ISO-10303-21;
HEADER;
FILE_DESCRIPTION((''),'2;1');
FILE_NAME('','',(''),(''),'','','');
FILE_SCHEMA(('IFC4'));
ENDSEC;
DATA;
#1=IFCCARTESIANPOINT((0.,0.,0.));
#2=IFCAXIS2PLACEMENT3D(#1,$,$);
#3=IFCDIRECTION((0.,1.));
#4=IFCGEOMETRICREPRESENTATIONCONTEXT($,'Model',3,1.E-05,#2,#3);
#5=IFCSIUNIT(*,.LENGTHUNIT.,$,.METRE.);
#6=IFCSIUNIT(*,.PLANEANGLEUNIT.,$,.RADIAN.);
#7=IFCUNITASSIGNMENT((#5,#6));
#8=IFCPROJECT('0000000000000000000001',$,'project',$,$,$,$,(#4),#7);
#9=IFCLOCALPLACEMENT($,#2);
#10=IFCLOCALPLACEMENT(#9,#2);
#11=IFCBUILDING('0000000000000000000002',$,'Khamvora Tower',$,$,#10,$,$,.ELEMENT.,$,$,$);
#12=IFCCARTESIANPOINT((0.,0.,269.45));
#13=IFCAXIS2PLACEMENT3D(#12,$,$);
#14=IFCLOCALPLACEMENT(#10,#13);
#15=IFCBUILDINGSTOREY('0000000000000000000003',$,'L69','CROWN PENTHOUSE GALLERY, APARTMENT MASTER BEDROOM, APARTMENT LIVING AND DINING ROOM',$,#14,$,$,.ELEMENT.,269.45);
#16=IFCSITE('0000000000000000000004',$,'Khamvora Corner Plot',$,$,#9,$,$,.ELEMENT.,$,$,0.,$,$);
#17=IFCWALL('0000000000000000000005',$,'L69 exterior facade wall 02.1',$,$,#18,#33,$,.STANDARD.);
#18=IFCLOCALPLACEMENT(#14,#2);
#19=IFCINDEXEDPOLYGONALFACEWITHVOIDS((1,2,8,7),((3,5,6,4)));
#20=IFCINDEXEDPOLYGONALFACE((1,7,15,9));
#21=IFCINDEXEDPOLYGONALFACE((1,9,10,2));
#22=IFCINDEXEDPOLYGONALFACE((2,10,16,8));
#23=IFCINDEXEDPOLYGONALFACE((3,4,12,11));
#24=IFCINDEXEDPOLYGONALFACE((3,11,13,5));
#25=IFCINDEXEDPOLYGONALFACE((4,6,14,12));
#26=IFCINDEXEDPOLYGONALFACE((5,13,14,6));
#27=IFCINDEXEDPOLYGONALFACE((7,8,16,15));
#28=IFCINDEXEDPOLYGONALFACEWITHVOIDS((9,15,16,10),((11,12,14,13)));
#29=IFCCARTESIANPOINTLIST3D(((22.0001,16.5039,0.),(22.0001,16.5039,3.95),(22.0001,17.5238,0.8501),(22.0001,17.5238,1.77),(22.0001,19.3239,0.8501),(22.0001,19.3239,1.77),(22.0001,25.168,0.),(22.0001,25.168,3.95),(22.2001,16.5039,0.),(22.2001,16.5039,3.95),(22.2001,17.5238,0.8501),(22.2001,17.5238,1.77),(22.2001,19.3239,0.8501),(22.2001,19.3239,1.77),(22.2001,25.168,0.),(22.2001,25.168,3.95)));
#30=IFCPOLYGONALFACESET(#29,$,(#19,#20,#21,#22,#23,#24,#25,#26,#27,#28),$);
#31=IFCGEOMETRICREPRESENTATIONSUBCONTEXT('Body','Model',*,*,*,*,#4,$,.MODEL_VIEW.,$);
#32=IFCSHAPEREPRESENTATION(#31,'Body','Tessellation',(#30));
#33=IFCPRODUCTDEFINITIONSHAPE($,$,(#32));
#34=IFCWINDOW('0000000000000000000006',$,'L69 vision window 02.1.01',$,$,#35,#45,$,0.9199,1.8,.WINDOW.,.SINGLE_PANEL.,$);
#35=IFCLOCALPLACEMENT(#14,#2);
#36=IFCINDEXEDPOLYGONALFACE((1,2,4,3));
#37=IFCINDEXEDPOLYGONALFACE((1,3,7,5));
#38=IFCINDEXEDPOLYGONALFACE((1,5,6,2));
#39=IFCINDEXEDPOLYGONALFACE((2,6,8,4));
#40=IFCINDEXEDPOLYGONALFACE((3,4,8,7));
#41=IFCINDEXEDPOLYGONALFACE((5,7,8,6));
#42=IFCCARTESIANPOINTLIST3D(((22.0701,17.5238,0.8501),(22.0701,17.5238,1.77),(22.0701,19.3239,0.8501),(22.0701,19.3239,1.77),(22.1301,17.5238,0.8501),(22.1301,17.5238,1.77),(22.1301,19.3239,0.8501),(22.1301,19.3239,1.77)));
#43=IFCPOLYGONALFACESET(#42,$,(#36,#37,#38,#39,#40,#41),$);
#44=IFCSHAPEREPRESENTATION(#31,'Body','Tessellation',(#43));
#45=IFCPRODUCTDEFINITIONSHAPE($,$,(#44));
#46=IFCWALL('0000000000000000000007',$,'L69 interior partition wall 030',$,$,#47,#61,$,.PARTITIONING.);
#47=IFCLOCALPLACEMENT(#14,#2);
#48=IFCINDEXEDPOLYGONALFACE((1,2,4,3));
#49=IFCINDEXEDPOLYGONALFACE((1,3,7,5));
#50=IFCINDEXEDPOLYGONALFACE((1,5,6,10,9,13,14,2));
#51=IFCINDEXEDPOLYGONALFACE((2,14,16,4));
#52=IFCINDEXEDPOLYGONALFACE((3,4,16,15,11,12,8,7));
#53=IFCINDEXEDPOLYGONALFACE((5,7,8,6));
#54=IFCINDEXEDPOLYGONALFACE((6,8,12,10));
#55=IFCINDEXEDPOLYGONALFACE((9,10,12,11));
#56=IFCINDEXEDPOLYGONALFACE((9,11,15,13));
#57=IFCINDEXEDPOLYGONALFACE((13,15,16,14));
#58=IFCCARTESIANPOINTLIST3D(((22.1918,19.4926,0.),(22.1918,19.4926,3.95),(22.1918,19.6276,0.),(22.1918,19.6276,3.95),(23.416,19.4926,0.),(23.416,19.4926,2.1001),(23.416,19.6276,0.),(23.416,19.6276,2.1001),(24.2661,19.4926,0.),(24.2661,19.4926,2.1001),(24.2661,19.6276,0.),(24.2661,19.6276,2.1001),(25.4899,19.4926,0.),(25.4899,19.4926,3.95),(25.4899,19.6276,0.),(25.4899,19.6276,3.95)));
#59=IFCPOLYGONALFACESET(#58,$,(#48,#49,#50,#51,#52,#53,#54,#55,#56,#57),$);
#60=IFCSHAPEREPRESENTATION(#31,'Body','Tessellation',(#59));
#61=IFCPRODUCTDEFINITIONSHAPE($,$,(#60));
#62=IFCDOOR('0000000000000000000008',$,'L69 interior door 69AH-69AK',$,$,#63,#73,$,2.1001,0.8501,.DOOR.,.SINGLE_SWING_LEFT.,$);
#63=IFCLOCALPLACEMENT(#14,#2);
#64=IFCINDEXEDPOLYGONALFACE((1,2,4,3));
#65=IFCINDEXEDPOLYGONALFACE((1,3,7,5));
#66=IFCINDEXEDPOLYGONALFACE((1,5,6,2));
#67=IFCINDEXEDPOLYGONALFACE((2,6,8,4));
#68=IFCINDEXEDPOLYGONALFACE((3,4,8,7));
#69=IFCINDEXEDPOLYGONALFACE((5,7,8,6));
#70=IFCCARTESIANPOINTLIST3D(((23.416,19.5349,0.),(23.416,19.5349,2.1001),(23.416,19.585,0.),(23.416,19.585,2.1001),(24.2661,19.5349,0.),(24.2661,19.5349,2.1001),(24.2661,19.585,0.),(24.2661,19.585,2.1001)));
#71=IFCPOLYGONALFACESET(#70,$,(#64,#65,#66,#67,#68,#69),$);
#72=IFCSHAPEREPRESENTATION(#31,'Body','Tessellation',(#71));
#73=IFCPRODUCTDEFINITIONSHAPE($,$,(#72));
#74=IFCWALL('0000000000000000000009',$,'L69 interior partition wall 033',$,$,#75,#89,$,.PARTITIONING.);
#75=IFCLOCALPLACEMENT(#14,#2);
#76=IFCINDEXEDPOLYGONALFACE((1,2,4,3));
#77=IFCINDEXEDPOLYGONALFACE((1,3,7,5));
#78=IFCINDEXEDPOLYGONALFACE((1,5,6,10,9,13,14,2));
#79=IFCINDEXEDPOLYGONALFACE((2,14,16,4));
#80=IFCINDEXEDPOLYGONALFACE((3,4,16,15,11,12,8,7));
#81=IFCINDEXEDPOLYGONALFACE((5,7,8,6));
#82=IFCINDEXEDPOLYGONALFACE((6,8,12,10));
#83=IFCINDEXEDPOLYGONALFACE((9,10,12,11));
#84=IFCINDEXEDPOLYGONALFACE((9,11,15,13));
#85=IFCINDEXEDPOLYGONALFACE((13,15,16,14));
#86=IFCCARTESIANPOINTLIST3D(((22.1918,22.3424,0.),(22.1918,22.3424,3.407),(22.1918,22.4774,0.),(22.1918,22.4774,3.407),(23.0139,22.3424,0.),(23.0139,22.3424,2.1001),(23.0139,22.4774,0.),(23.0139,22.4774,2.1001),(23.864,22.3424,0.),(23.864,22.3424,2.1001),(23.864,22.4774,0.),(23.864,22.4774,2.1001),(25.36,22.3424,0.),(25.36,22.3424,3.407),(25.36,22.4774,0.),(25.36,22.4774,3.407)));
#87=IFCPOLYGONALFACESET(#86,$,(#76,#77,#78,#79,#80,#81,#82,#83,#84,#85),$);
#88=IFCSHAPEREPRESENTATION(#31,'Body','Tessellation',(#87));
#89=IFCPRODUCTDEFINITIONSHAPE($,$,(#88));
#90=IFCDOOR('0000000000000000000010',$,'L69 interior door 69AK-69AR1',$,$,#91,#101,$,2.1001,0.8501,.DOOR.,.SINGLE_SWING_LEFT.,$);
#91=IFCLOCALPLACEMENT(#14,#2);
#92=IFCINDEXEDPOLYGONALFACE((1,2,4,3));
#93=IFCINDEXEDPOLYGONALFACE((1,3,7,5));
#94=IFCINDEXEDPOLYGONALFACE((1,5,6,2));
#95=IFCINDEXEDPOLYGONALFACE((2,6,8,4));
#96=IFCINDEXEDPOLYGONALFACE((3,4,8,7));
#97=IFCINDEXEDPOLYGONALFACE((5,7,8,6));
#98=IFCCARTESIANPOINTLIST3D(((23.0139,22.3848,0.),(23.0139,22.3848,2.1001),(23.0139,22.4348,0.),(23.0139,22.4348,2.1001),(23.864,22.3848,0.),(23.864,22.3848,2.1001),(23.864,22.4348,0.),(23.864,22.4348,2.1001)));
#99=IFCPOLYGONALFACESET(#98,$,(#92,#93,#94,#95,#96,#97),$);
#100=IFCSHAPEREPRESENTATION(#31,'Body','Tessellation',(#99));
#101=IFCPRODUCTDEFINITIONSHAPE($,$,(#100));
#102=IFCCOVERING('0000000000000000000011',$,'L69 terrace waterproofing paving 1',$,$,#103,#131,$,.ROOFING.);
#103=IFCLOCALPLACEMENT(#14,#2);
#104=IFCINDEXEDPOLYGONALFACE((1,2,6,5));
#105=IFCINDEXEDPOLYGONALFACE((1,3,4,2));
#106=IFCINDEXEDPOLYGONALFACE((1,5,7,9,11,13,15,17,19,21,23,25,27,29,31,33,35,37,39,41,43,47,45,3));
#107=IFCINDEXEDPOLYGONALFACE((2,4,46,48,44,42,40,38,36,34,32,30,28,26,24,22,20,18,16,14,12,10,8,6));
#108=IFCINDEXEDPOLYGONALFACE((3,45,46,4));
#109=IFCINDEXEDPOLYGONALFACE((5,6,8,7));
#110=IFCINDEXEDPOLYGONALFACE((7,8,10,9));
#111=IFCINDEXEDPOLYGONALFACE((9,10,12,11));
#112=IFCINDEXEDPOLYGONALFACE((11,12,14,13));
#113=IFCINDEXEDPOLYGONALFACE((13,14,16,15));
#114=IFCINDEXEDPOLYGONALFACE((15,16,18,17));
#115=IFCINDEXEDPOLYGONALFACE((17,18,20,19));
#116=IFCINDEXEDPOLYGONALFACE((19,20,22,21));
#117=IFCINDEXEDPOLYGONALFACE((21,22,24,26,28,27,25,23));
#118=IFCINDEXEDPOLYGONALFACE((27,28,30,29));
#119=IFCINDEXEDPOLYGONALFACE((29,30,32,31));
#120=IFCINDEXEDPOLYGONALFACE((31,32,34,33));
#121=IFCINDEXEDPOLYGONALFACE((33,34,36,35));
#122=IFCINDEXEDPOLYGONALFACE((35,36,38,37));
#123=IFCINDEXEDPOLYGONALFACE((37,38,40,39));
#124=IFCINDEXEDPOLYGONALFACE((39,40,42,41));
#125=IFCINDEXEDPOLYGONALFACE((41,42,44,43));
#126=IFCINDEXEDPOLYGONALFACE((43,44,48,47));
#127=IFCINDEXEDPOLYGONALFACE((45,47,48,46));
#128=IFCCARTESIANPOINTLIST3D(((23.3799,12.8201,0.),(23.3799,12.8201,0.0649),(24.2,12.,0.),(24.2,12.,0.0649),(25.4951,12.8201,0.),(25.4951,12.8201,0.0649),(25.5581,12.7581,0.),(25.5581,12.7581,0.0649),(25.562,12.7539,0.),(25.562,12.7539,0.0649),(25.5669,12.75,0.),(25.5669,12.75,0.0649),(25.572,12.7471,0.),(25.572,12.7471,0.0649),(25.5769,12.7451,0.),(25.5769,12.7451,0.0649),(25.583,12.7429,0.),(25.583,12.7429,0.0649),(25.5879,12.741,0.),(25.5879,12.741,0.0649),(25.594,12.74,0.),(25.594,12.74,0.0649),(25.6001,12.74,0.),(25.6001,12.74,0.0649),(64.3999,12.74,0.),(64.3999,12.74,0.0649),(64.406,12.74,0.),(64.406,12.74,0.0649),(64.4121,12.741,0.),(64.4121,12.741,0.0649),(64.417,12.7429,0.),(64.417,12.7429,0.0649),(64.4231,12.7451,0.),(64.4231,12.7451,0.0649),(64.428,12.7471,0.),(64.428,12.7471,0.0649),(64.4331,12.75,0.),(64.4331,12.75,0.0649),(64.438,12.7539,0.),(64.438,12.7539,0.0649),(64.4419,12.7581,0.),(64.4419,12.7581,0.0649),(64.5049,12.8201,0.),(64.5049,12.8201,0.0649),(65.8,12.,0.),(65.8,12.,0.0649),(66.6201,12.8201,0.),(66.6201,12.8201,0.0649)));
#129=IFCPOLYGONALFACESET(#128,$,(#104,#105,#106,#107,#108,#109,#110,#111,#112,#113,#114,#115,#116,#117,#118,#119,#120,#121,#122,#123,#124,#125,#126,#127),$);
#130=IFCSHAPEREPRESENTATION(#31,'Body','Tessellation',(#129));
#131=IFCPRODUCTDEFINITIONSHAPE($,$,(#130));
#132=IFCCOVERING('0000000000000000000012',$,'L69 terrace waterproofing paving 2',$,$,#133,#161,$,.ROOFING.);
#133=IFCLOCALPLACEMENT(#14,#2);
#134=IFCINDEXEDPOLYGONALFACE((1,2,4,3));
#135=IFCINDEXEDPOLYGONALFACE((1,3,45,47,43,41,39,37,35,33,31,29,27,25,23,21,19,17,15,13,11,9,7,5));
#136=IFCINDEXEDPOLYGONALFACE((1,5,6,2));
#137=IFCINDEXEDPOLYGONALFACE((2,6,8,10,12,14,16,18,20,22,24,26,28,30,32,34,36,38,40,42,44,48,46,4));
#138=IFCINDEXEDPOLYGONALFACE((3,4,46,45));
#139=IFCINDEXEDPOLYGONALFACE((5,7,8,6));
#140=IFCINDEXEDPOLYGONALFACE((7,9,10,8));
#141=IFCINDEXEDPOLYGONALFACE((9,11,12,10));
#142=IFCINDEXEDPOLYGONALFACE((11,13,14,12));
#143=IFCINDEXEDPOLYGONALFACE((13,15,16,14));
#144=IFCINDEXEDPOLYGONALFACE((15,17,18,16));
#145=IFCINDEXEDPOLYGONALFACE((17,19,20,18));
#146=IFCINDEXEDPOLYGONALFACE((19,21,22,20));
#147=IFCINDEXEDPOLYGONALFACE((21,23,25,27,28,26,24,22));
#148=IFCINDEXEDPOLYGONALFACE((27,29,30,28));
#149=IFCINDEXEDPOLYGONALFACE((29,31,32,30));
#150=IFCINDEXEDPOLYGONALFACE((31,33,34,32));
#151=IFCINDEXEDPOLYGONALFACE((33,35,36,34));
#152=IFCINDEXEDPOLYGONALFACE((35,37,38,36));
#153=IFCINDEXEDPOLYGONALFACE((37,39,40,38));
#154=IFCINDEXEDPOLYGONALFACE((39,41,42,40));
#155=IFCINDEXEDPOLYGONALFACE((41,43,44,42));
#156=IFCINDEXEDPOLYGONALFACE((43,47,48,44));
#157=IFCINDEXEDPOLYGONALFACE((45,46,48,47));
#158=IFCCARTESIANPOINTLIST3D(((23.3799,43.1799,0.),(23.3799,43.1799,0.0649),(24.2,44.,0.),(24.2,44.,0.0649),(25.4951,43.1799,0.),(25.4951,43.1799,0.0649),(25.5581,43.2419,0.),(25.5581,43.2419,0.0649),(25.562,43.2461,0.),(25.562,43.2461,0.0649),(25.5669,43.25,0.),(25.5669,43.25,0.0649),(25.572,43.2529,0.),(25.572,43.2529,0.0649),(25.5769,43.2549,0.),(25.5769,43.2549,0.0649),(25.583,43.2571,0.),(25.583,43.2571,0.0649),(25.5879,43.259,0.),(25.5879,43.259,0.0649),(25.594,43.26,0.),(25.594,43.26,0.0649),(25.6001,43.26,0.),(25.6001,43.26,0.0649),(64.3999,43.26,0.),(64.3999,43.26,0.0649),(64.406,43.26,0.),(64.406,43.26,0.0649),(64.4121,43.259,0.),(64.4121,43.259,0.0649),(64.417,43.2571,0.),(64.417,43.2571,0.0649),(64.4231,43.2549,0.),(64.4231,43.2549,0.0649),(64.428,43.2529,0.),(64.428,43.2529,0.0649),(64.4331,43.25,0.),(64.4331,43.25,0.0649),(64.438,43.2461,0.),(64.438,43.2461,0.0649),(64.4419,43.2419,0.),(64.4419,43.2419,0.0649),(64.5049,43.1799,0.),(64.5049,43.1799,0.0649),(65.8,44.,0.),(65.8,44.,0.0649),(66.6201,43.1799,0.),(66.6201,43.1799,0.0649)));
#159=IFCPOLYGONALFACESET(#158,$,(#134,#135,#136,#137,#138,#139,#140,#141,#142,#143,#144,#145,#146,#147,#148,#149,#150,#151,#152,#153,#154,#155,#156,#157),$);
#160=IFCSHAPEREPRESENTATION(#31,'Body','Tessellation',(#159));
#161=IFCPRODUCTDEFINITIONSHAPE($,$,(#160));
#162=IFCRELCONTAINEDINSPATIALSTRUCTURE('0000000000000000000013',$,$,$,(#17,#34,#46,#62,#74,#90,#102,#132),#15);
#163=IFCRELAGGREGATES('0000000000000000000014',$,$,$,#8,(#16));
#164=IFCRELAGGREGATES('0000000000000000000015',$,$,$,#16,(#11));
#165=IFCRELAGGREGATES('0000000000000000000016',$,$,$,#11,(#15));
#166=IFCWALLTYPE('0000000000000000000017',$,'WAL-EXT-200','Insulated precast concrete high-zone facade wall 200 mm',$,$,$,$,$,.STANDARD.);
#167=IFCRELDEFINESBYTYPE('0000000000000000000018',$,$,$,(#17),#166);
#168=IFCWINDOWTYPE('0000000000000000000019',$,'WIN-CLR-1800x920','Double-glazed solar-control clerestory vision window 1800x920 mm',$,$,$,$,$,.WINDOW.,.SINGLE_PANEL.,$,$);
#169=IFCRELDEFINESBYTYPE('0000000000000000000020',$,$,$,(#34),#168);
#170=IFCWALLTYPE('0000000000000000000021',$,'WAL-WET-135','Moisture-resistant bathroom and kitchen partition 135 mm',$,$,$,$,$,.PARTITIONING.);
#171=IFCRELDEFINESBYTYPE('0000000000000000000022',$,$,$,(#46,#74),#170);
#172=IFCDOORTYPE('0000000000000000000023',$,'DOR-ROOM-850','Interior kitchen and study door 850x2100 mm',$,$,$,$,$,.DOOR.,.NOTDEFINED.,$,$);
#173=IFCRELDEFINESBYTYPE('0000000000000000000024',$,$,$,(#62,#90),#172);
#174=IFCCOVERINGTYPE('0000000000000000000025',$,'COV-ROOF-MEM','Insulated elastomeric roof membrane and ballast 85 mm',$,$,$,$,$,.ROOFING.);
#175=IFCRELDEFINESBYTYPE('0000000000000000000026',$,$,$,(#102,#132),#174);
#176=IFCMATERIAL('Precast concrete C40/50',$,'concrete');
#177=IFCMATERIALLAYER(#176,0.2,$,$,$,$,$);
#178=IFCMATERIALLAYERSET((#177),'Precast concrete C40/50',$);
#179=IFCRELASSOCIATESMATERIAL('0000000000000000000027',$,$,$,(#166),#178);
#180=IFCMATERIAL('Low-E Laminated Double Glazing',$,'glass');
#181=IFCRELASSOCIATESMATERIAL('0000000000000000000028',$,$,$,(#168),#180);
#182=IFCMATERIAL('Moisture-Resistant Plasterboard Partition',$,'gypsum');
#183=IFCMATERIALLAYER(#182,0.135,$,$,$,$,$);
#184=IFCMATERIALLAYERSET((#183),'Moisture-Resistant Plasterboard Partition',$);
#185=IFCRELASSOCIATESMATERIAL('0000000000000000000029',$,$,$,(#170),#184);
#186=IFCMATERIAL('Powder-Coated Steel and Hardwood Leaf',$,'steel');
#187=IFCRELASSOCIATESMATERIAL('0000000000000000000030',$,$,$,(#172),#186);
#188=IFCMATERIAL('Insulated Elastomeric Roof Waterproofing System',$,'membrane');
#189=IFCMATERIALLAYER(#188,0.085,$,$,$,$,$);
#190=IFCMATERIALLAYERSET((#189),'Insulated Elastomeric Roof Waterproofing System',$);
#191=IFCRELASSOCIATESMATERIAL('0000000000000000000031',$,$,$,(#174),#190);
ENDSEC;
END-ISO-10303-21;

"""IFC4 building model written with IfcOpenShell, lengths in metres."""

from ifc_helpers import new_model, si_unit, direction, frame, frame_2d, origin, place, context, subcontext, project, spatial, polyline, rectangle, outline, extrude, material, layer, layer_set, type_object, element, fill, save


model = new_model("IFC4")

# Units and contexts
model_context = context("Model", 3, precision=1e-05, world=origin(), true_north=direction((0.0, 1.0)))
body_context = subcontext(model_context, "Body", "Model", "MODEL_VIEW")
ifc_project = project(units=[si_unit("LENGTHUNIT", "METRE"), si_unit("PLANEANGLEUNIT", "RADIAN")], contexts=[model_context])

# Site, building, storey
site_placement = place(None, origin())
site = spatial("IfcSite", under=ifc_project, at=site_placement, Name="Khamvora Corner Plot", CompositionType="ELEMENT", RefElevation=0.0)
building_placement = place(site_placement, origin())
building = spatial("IfcBuilding", under=site, at=building_placement, Name="Khamvora Tower", CompositionType="ELEMENT")
storey_placement = place(building_placement, frame((0.0, 0.0, 269.45)))
storey = spatial("IfcBuildingStorey", under=building, at=storey_placement, Name="L69", Description="CROWN PENTHOUSE GALLERY, APARTMENT MASTER BEDROOM, APARTMENT LIVING AND DINING ROOM", CompositionType="ELEMENT", Elevation=269.45)

# Wall, opening, window
ifc_material_1 = material(Name="Precast concrete C40/50", Category="concrete")
ifc_layer_1 = layer(ifc_material_1, 0.2)
ifc_layer_set_1 = layer_set([ifc_layer_1], Name="Precast concrete C40/50")
wall_type_1 = type_object("IfcWallType", Name="WAL-EXT-200", Description="Insulated precast concrete high-zone facade wall 200 mm", PredefinedType="STANDARD", material=ifc_layer_set_1)
wall_1_placement = place(storey_placement, frame((22.1001, 16.5039, 0.0), z_axis=(0.0, 0.0, 1.0), x_axis=(0.0, 1.0, 0.0)))
wall_1 = element("IfcWall", 1, at=wall_1_placement, inside=storey, type_object=wall_type_1, Name="L69 exterior facade wall 02.1", PredefinedType="STANDARD", context=body_context, shape_type="SweptSolid", body=[
    extrude(rectangle(XDim=8.6641, YDim=0.2, at=frame_2d((4.332, 0.0))), origin(), (0.0, 0.0, 1.0), 3.95),
])
opening_1_placement = place(wall_1_placement, frame((1.02, 0.0, 0.8501)))
opening_1 = element("IfcOpeningElement", 2, at=opening_1_placement, cuts=wall_1, PredefinedType="OPENING", context=body_context, shape_type="SweptSolid", body=[
    extrude(rectangle(XDim=1.8, YDim=0.9199, at=frame_2d((0.8999, 0.46))), frame((0.0, 0.1099, 0.0), z_axis=(0.0, -1.0, 0.0), x_axis=(1.0, 0.0, 0.0)), (0.0, 0.0, 1.0), 0.22),
])
ifc_material_2 = material(Name="Low-E Laminated Double Glazing", Category="glass")
window_type = type_object("IfcWindowType", Name="WIN-CLR-1800x920", Description="Double-glazed solar-control clerestory vision window 1800x920 mm", PartitioningType="SINGLE_PANEL", PredefinedType="WINDOW", material=ifc_material_2)
window_placement = place(opening_1_placement, origin())
window = element("IfcWindow", 3, at=window_placement, inside=storey, type_object=window_type, Name="L69 vision window 02.1.01", OverallHeight=0.9199, OverallWidth=1.8, PartitioningType="SINGLE_PANEL", PredefinedType="WINDOW", context=body_context, shape_type="SweptSolid", body=[
    extrude(rectangle(XDim=1.8, YDim=0.9199, at=frame_2d((0.8999, 0.46))), frame((0.0, 0.03, 0.0), z_axis=(0.0, -1.0, 0.0), x_axis=(1.0, 0.0, 0.0)), (0.0, 0.0, 1.0), 0.0601),
])
fill(opening_1, window)

# Walls, openings, doors
ifc_material_3 = material(Name="Moisture-Resistant Plasterboard Partition", Category="gypsum")
ifc_layer_2 = layer(ifc_material_3, 0.135)
ifc_layer_set_2 = layer_set([ifc_layer_2], Name="Moisture-Resistant Plasterboard Partition")
wall_type_2 = type_object("IfcWallType", Name="WAL-WET-135", Description="Moisture-resistant bathroom and kitchen partition 135 mm", PredefinedType="PARTITIONING", material=ifc_layer_set_2)
wall_2_placement = place(storey_placement, frame((22.1919, 19.5601, 0.0), z_axis=(0.0, 0.0, 1.0), x_axis=(1.0, 0.0, 0.0)))
wall_2 = element("IfcWall", 4, at=wall_2_placement, inside=storey, type_object=wall_type_2, Name="L69 interior partition wall 030", PredefinedType="PARTITIONING", context=body_context, shape_type="SweptSolid", body=[
    extrude(rectangle(XDim=3.2981, YDim=0.135, at=frame_2d((1.6489, 0.0))), origin(), (0.0, 0.0, 1.0), 3.95),
])
opening_2_placement = place(wall_2_placement, frame((1.2241, 0.0, 0.0)))
opening_2 = element("IfcOpeningElement", 5, at=opening_2_placement, cuts=wall_2, PredefinedType="OPENING", context=body_context, shape_type="SweptSolid", body=[
    extrude(rectangle(XDim=0.8501, YDim=2.1001, at=frame_2d((0.425, 1.05))), frame((0.0, 0.0774, 0.0), z_axis=(0.0, -1.0, 0.0), x_axis=(1.0, 0.0, 0.0)), (0.0, 0.0, 1.0), 0.155),
])
ifc_material_4 = material(Name="Powder-Coated Steel and Hardwood Leaf", Category="steel")
door_type = type_object("IfcDoorType", Name="DOR-ROOM-850", Description="Interior kitchen and study door 850x2100 mm", OperationType="NOTDEFINED", PredefinedType="DOOR", material=ifc_material_4)
door_1_placement = place(opening_2_placement, origin())
door_1 = element("IfcDoor", 6, at=door_1_placement, inside=storey, type_object=door_type, Name="L69 interior door 69AH-69AK", OperationType="SINGLE_SWING_LEFT", OverallHeight=2.1001, OverallWidth=0.8501, PredefinedType="DOOR", context=body_context, shape_type="SweptSolid", body=[
    extrude(rectangle(XDim=0.8501, YDim=2.1001, at=frame_2d((0.425, 1.05))), frame((0.0, 0.0249, 0.0), z_axis=(0.0, -1.0, 0.0), x_axis=(1.0, 0.0, 0.0)), (0.0, 0.0, 1.0), 0.05),
])
fill(opening_2, door_1)
wall_3_placement = place(storey_placement, frame((22.1919, 22.4099, 0.0), z_axis=(0.0, 0.0, 1.0), x_axis=(1.0, 0.0, 0.0)))
wall_3 = element("IfcWall", 7, at=wall_3_placement, inside=storey, type_object=wall_type_2, Name="L69 interior partition wall 033", PredefinedType="PARTITIONING", context=body_context, shape_type="SweptSolid", body=[
    extrude(rectangle(XDim=3.1682, YDim=0.135, at=frame_2d((1.584, 0.0))), origin(), (0.0, 0.0, 1.0), 3.407),
])
opening_3_placement = place(wall_3_placement, frame((0.822, 0.0, 0.0)))
opening_3 = element("IfcOpeningElement", 8, at=opening_3_placement, cuts=wall_3, PredefinedType="OPENING", context=body_context, shape_type="SweptSolid", body=[
    extrude(rectangle(XDim=0.8501, YDim=2.1001, at=frame_2d((0.425, 1.05))), frame((0.0, 0.0774, 0.0), z_axis=(0.0, -1.0, 0.0), x_axis=(1.0, 0.0, 0.0)), (0.0, 0.0, 1.0), 0.155),
])
door_2_placement = place(opening_3_placement, origin())
door_2 = element("IfcDoor", 9, at=door_2_placement, inside=storey, type_object=door_type, Name="L69 interior door 69AK-69AR1", OperationType="SINGLE_SWING_LEFT", OverallHeight=2.1001, OverallWidth=0.8501, PredefinedType="DOOR", context=body_context, shape_type="SweptSolid", body=[
    extrude(rectangle(XDim=0.8501, YDim=2.1001, at=frame_2d((0.425, 1.05))), frame((0.0, 0.0249, 0.0), z_axis=(0.0, -1.0, 0.0), x_axis=(1.0, 0.0, 0.0)), (0.0, 0.0, 1.0), 0.05),
])
fill(opening_3, door_2)

# Coverings
ifc_material_5 = material(Name="Insulated Elastomeric Roof Waterproofing System", Category="membrane")
ifc_layer_3 = layer(ifc_material_5, 0.085)
ifc_layer_set_3 = layer_set([ifc_layer_3], Name="Insulated Elastomeric Roof Waterproofing System")
covering_type = type_object("IfcCoveringType", Name="COV-ROOF-MEM", Description="Insulated elastomeric roof membrane and ballast 85 mm", PredefinedType="ROOFING", material=ifc_layer_set_3)
covering_1_placement = place(storey_placement, origin())
element("IfcCovering", 10, at=covering_1_placement, inside=storey, type_object=covering_type, Name="L69 terrace waterproofing paving 1", PredefinedType="ROOFING", context=body_context, shape_type="SweptSolid", body=[
    extrude(outline(polyline([(65.8, 12.0), (24.2, 12.0), (23.3799, 12.8201), (25.4951, 12.8201), (25.5581, 12.7581), (25.562, 12.7539), (25.5669, 12.75), (25.572, 12.7471), (25.5769, 12.7451), (25.583, 12.7429), (25.5879, 12.741), (25.594, 12.74), (25.6001, 12.74), (64.3999, 12.74), (64.406, 12.74), (64.4121, 12.741), (64.417, 12.7429), (64.4231, 12.7451), (64.428, 12.7471), (64.4331, 12.75), (64.438, 12.7539), (64.4419, 12.7581), (64.5049, 12.8201), (66.6201, 12.8201), (65.8, 12.0)])), origin(), (0.0, 0.0, 1.0), 0.0649),
])
covering_2_placement = place(storey_placement, origin())
element("IfcCovering", 11, at=covering_2_placement, inside=storey, type_object=covering_type, Name="L69 terrace waterproofing paving 2", PredefinedType="ROOFING", context=body_context, shape_type="SweptSolid", body=[
    extrude(outline(polyline([(24.2, 44.0), (65.8, 44.0), (66.6201, 43.1799), (64.5049, 43.1799), (64.4419, 43.2419), (64.438, 43.2461), (64.4331, 43.25), (64.428, 43.2529), (64.4231, 43.2549), (64.417, 43.2571), (64.4121, 43.259), (64.406, 43.26), (64.3999, 43.26), (25.6001, 43.26), (25.594, 43.26), (25.5879, 43.259), (25.583, 43.2571), (25.5769, 43.2549), (25.572, 43.2529), (25.5669, 43.25), (25.562, 43.2461), (25.5581, 43.2419), (25.4951, 43.1799), (23.3799, 43.1799), (24.2, 44.0)])), origin(), (0.0, 0.0, 1.0), 0.0649),
])

save(model, "model.ifc")
